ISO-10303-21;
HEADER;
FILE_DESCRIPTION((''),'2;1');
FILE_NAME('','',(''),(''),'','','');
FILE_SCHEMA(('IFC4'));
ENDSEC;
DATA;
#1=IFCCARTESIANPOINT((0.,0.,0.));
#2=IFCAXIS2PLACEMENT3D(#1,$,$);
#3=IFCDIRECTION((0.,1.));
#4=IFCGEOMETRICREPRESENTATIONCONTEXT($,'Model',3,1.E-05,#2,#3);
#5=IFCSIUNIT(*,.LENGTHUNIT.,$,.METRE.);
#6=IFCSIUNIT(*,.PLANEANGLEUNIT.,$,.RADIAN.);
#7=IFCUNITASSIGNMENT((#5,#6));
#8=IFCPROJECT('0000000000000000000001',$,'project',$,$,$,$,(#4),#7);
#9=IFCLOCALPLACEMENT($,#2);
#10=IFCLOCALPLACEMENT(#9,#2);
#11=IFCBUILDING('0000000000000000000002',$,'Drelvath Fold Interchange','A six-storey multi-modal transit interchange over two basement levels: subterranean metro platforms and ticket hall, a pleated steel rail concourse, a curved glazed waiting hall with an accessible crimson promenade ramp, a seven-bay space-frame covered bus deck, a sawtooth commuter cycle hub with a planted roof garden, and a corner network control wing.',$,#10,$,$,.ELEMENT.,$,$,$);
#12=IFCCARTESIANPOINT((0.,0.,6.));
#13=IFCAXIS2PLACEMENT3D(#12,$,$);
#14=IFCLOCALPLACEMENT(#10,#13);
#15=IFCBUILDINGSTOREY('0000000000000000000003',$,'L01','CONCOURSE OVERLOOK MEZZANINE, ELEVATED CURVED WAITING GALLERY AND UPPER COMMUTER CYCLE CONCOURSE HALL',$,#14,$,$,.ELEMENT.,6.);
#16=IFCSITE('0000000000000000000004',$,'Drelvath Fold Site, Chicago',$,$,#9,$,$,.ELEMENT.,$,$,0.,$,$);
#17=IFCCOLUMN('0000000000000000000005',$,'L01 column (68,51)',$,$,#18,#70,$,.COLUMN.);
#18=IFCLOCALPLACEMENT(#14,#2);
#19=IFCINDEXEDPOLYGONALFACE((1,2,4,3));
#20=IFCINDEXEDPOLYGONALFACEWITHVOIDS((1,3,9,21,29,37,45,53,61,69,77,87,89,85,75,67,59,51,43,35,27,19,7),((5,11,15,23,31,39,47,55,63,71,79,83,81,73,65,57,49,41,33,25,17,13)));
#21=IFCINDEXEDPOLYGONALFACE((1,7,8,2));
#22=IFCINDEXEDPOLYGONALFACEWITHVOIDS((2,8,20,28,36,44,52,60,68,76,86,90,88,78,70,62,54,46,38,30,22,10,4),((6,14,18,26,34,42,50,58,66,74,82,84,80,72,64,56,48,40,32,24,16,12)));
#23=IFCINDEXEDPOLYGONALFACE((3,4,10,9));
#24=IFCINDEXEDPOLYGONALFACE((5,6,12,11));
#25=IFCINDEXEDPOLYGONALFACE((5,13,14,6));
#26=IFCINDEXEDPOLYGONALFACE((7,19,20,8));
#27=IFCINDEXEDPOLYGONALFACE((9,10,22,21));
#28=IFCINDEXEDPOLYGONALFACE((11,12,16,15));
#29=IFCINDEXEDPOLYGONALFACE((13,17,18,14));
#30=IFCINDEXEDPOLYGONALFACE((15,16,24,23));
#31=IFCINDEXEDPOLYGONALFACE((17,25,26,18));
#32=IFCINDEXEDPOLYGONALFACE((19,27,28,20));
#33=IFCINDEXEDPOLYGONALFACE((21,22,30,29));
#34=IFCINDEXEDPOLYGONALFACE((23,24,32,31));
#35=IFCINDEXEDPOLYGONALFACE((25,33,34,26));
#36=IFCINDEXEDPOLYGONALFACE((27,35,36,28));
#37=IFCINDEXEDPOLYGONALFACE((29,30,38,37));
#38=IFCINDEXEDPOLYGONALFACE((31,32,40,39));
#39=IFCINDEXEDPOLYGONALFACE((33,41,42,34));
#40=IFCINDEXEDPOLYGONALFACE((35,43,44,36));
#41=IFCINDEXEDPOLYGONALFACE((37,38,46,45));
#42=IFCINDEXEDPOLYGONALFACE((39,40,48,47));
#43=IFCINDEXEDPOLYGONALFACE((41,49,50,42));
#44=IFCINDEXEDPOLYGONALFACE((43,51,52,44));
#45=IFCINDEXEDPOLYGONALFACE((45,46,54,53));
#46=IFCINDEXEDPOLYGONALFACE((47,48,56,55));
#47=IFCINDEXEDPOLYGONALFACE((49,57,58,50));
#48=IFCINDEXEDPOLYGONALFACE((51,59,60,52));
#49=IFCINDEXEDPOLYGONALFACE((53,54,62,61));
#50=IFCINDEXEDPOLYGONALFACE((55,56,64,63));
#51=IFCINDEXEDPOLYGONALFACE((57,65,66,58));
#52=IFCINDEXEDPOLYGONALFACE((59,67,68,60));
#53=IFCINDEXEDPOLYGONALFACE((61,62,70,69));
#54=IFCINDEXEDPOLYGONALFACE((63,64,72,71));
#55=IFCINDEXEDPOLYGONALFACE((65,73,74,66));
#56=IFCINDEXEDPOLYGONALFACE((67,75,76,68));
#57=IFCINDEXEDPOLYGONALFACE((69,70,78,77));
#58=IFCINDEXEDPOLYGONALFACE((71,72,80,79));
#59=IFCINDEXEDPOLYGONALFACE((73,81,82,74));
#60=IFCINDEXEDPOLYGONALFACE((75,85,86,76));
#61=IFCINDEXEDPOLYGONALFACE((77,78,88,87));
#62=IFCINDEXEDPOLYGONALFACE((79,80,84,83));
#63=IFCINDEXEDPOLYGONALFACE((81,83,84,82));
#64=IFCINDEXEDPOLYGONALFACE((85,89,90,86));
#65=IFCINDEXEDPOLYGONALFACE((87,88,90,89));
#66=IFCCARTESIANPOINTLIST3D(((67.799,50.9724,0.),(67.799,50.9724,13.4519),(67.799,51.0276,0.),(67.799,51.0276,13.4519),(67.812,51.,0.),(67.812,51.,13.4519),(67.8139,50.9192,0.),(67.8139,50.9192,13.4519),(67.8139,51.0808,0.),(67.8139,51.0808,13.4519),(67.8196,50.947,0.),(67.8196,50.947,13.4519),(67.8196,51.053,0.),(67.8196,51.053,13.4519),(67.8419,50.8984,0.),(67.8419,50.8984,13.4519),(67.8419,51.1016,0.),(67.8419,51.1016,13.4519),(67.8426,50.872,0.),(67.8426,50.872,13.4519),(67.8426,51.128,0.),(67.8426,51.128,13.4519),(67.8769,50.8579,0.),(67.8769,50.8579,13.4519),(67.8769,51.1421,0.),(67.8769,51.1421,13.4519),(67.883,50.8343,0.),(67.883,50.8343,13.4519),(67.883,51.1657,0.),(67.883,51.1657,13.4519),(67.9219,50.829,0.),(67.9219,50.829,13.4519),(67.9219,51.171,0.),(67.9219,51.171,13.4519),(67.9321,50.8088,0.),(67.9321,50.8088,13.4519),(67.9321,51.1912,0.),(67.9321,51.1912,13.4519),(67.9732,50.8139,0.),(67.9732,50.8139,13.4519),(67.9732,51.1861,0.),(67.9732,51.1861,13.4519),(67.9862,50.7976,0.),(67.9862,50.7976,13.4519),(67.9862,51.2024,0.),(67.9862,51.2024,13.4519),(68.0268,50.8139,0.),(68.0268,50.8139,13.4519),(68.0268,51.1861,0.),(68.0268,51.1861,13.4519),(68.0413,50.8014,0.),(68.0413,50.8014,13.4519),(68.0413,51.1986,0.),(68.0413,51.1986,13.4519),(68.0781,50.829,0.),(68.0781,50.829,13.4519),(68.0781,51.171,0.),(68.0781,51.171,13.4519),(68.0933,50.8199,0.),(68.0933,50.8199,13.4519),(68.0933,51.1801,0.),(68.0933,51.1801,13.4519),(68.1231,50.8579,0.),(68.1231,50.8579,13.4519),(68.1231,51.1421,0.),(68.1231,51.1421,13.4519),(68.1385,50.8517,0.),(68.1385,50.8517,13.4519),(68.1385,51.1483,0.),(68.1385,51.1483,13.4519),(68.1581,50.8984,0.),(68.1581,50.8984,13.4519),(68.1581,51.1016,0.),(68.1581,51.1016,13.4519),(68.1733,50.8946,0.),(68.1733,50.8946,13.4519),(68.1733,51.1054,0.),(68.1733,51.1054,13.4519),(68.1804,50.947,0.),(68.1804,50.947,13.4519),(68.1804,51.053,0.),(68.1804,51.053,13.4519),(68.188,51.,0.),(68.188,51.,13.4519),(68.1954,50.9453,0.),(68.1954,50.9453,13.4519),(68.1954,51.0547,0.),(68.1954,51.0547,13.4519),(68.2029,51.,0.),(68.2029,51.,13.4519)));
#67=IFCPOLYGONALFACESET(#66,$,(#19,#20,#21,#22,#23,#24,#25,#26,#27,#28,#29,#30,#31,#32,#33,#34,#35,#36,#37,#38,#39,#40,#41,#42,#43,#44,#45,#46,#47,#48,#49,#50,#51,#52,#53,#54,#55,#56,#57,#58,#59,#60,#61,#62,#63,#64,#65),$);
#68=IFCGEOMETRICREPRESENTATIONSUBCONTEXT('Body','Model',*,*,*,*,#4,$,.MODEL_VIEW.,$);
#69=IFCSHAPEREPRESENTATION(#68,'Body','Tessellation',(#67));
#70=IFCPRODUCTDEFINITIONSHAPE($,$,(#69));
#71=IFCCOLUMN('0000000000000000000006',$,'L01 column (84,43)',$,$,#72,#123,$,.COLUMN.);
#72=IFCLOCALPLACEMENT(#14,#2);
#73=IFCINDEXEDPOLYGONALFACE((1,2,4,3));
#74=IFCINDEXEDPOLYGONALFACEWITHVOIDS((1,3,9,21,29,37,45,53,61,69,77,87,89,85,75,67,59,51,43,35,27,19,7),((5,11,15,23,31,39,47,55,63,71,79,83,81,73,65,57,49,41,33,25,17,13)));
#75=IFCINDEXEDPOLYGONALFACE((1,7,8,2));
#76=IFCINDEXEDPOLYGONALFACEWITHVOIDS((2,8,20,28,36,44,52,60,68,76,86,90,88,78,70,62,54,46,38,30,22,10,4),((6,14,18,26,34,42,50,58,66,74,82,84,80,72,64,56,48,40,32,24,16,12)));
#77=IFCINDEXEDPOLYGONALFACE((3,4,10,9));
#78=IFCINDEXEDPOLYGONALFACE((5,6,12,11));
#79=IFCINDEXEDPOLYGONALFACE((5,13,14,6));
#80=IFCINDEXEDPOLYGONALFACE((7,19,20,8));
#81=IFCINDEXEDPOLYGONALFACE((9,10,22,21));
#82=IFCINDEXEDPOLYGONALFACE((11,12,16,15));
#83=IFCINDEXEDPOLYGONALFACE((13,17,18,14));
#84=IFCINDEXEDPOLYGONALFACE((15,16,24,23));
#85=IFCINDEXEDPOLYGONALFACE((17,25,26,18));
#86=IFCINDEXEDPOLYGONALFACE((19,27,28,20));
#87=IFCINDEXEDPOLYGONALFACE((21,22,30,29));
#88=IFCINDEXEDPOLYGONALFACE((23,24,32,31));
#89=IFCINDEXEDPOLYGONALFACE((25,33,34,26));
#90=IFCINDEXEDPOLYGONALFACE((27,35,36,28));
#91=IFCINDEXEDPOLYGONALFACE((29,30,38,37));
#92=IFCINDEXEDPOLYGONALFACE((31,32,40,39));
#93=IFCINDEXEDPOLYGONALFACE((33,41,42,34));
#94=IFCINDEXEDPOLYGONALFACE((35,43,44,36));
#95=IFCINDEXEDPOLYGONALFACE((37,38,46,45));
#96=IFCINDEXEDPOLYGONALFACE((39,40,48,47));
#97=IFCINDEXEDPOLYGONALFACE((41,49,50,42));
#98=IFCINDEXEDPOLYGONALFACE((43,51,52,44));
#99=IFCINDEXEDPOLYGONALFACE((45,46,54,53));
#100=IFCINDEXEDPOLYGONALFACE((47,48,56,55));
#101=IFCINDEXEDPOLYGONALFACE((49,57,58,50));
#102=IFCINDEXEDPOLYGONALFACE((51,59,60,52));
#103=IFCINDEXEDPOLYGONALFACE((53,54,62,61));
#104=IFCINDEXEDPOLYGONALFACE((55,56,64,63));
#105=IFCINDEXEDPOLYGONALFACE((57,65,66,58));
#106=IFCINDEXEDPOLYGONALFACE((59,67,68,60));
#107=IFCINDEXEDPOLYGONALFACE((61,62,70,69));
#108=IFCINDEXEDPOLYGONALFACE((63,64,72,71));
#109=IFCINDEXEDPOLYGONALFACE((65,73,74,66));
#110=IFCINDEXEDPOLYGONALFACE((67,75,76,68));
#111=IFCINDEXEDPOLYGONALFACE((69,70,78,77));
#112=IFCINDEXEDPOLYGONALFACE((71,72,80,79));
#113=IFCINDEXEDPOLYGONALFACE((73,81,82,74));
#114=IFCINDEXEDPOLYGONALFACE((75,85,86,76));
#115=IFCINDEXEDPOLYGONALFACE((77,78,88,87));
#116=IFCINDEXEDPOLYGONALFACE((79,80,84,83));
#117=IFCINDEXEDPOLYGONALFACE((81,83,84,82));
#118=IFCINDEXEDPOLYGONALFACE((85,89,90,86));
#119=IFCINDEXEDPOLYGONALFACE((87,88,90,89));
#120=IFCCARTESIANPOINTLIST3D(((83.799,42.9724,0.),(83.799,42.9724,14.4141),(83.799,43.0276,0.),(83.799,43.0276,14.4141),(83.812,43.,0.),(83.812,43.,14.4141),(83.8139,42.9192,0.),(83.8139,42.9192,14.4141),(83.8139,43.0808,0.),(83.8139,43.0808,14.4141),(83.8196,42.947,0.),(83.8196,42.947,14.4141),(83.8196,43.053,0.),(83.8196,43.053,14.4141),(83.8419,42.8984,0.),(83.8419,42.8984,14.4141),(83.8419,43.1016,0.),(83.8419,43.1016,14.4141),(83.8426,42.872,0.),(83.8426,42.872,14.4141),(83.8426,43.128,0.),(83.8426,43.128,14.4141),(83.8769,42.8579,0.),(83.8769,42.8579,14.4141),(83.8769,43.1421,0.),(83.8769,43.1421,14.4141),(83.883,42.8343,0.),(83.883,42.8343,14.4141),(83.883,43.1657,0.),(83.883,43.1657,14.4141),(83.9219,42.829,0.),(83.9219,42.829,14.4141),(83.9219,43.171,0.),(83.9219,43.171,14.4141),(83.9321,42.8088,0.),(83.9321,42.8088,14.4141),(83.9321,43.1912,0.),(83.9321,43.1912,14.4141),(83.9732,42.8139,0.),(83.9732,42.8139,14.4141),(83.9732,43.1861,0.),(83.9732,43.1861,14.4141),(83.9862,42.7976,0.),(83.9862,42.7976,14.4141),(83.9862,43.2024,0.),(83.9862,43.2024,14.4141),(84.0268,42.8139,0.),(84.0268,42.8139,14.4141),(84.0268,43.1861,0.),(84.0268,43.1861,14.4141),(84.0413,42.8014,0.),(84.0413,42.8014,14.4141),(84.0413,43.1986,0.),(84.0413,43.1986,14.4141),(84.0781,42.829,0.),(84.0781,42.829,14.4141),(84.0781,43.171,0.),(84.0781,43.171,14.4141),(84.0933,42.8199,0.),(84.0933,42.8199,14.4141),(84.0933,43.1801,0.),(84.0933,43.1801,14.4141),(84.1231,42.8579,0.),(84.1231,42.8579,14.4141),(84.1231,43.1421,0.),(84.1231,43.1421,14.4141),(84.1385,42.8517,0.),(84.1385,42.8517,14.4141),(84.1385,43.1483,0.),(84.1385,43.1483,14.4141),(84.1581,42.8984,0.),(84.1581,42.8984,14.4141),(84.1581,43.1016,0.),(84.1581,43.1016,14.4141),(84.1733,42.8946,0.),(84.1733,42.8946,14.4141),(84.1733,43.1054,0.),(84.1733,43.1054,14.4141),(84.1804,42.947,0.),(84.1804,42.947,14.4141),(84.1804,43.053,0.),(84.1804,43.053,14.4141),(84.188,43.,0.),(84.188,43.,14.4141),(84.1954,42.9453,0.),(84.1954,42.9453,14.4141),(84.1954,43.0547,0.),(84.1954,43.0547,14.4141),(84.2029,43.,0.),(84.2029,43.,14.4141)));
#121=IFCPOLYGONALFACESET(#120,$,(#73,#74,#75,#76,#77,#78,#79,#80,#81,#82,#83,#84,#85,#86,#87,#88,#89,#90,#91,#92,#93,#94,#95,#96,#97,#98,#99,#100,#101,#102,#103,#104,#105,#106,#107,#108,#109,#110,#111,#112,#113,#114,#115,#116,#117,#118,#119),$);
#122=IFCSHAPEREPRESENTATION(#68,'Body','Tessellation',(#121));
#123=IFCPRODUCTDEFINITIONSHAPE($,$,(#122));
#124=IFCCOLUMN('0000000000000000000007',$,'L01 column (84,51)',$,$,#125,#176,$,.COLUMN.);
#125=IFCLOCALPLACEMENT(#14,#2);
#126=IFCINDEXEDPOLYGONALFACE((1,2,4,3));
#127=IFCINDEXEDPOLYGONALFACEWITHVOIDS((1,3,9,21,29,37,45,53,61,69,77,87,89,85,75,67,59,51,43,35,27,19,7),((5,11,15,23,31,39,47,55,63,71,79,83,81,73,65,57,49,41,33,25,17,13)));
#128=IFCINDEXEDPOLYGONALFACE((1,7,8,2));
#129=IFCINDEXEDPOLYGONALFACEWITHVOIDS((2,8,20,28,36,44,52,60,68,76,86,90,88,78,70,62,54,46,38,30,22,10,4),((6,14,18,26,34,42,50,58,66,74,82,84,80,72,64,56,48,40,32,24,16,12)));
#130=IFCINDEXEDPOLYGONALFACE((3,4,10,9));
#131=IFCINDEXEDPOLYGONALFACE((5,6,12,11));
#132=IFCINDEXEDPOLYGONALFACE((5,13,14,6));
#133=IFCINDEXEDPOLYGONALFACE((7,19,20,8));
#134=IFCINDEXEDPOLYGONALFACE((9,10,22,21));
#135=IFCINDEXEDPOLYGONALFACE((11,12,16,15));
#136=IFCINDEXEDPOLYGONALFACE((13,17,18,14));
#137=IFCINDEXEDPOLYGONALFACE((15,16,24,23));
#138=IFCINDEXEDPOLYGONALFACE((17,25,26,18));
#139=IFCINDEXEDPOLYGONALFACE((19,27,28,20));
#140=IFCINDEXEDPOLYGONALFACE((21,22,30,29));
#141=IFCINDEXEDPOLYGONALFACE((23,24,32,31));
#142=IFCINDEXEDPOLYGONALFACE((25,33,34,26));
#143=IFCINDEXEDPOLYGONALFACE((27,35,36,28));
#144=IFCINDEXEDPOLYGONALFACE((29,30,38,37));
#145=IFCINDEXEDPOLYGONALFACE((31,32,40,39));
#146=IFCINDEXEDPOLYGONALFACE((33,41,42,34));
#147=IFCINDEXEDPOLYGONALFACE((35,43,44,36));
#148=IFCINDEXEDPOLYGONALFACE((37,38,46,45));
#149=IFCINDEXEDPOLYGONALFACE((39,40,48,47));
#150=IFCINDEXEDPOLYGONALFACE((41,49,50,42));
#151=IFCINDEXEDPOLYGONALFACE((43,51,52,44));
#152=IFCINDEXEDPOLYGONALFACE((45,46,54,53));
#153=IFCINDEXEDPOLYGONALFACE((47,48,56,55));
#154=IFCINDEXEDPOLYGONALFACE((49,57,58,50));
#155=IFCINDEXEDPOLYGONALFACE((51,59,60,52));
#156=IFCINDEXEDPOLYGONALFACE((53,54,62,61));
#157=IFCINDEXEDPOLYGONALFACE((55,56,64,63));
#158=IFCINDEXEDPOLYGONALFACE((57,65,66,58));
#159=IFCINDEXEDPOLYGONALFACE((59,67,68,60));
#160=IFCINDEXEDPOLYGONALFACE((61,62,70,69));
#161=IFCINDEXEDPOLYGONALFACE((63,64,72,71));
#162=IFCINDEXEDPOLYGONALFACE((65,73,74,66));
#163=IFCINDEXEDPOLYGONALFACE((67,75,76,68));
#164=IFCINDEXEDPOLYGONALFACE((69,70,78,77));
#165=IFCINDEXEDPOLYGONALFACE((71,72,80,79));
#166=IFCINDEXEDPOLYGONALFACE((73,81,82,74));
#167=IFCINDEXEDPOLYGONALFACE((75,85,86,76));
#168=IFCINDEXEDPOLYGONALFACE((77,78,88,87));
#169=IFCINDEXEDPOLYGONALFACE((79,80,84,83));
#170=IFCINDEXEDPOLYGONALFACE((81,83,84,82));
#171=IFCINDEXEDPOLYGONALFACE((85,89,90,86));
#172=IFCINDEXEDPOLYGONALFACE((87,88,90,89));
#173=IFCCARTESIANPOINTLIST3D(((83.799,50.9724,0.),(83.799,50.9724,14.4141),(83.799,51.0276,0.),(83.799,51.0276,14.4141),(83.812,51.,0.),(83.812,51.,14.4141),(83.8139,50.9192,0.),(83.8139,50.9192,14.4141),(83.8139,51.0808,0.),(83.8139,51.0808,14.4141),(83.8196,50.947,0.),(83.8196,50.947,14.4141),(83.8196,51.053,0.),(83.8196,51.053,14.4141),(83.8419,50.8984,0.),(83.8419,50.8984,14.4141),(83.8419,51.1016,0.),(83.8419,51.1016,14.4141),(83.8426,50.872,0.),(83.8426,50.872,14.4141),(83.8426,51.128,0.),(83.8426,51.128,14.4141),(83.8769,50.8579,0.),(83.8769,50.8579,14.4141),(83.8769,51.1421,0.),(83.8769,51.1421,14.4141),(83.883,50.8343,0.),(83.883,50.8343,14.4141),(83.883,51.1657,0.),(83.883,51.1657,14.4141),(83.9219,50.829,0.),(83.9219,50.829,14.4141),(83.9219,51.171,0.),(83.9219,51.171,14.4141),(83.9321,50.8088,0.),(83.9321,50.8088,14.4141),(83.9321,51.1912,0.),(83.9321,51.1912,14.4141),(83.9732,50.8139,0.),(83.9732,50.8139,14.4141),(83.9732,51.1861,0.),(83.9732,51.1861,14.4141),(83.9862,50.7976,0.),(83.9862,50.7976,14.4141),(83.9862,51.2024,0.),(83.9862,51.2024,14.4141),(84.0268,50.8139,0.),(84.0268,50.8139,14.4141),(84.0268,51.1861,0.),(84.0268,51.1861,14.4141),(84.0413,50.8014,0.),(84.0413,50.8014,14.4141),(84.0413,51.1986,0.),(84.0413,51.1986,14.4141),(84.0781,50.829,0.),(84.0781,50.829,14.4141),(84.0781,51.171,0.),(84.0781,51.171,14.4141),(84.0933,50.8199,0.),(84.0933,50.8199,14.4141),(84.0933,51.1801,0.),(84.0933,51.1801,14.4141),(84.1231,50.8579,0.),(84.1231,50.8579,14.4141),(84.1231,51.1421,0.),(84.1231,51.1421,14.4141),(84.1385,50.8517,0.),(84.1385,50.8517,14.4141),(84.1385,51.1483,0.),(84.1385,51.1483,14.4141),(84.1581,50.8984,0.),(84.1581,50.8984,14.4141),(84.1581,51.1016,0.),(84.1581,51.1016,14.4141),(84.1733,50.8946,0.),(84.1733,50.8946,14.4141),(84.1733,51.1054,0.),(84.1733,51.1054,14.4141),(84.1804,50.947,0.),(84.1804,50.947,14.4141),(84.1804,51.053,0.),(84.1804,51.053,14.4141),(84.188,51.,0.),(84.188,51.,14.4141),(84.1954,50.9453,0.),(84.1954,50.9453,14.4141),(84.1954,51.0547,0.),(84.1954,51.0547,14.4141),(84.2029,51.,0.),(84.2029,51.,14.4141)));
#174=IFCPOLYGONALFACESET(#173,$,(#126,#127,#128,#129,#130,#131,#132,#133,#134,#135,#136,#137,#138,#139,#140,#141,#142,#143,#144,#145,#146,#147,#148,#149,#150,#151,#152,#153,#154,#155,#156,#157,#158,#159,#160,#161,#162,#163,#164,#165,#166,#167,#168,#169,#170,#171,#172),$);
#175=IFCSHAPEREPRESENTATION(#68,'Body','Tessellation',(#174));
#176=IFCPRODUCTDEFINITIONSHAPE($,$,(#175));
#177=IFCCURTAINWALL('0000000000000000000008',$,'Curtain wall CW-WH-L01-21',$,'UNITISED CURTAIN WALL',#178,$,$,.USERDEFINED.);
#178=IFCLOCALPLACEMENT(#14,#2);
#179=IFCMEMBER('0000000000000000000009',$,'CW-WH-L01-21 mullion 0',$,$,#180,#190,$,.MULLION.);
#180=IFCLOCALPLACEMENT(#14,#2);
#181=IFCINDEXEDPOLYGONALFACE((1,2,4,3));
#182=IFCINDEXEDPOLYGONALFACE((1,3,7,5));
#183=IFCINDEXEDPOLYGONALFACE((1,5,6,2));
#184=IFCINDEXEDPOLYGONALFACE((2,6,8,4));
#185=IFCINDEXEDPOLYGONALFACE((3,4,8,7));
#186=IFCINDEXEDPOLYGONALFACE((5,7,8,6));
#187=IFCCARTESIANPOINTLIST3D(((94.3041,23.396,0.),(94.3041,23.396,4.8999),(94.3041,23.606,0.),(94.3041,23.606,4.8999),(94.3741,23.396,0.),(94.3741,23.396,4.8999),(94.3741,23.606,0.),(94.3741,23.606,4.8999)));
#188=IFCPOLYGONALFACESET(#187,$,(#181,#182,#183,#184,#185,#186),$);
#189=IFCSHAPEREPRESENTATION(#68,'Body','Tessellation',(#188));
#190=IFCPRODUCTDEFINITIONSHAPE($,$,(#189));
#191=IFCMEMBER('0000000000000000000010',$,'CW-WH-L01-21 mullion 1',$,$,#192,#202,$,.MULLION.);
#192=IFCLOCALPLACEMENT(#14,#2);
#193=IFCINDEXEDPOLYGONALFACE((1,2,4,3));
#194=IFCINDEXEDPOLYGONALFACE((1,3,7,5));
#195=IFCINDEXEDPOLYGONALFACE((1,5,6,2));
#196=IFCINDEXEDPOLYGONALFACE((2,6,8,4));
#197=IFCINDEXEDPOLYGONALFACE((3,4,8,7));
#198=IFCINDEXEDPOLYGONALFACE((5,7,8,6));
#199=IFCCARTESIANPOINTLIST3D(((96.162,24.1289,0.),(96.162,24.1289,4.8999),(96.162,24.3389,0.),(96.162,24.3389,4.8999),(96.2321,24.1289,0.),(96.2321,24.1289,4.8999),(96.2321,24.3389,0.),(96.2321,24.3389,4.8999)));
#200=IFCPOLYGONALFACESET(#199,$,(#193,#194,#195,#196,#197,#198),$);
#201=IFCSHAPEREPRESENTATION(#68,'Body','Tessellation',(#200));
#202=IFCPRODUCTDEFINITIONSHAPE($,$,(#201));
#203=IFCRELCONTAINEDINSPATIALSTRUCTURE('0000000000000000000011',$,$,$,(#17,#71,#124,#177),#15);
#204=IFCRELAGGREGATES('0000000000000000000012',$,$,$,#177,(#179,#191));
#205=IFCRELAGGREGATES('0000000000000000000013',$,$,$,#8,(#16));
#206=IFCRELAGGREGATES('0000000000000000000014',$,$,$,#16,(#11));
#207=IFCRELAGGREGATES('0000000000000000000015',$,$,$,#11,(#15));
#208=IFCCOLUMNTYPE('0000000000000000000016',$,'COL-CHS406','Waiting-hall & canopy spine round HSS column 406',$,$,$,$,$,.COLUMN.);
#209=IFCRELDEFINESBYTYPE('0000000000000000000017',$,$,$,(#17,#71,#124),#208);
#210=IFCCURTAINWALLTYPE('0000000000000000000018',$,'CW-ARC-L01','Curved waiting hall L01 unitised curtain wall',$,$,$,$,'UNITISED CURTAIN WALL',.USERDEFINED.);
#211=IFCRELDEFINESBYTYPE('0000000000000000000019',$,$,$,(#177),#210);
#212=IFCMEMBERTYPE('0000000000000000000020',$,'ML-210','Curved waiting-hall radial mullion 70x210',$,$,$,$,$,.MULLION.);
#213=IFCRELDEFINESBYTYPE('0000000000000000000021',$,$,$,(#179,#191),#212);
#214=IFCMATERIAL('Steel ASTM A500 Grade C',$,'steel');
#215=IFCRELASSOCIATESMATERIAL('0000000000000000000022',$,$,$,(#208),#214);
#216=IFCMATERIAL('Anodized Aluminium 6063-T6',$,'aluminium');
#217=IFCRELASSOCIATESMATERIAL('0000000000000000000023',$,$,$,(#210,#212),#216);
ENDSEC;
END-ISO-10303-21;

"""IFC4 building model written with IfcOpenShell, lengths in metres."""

from ifc_helpers import new_model, si_unit, direction, frame, origin, origin_2d, place, context, subcontext, project, spatial, rectangle, hollow_circle, extrude, material, material_profile, profile_set, type_object, element, aggregate, save


model = new_model("IFC4")

# Units and contexts
model_context = context("Model", 3, precision=1e-05, world=origin(), true_north=direction((0.0, 1.0)))
body_context = subcontext(model_context, "Body", "Model", "MODEL_VIEW")
ifc_project = project(units=[si_unit("LENGTHUNIT", "METRE"), si_unit("PLANEANGLEUNIT", "RADIAN")], contexts=[model_context])

# Site, building, storey
site_placement = place(None, origin())
site = spatial("IfcSite", under=ifc_project, at=site_placement, Name="Drelvath Fold Site, Chicago", CompositionType="ELEMENT", RefElevation=0.0)
building_placement = place(site_placement, origin())
building = spatial("IfcBuilding", under=site, at=building_placement, Name="Drelvath Fold Interchange", Description="A six-storey multi-modal transit interchange over two basement levels: subterranean metro platforms and ticket hall, a pleated steel rail concourse, a curved glazed waiting hall with an accessible crimson promenade ramp, a seven-bay space-frame covered bus deck, a sawtooth commuter cycle hub with a planted roof garden, and a corner network control wing.", CompositionType="ELEMENT")
storey_placement = place(building_placement, frame((0.0, 0.0, 6.0)))
storey = spatial("IfcBuildingStorey", under=building, at=storey_placement, Name="L01", Description="CONCOURSE OVERLOOK MEZZANINE, ELEVATED CURVED WAITING GALLERY AND UPPER COMMUTER CYCLE CONCOURSE HALL", CompositionType="ELEMENT", Elevation=6.0)

# Columns
ifc_material_1 = material(Name="Steel ASTM A500 Grade C", Category="steel")
ifc_material_profile_1 = material_profile(ifc_material_1, hollow_circle(Radius=0.2029, WallThickness=0.0149, at=origin_2d()), Name="HSS16.000X0.625")
ifc_profile_set_1 = profile_set([ifc_material_profile_1], Name="Steel ASTM A500 Grade C")
column_type_1 = type_object("IfcColumnType", Name="COL-CHS406", Description="Waiting-hall & canopy spine round HSS column 406", PredefinedType="COLUMN", material=ifc_profile_set_1)
for number, where, z_axis, x_axis, name in (
    (1, (68.0, 51.0, 0.0), (0.0, 0.0, 1.0), (1.0, 0.0, 0.0), "L01 column (68,51)"),
):
    element("IfcColumn", number, at=place(storey_placement, frame(where, z_axis=z_axis, x_axis=x_axis)), inside=storey, type_object=column_type_1, Name=name, PredefinedType="COLUMN", context=body_context, shape_type="SweptSolid", body=[
        extrude(hollow_circle(Radius=0.2029, WallThickness=0.0149, at=origin_2d()), origin(), (0.0, 0.0, 1.0), 13.4519),
    ])
for number, where, z_axis, x_axis, name in (
    (2, (84.0, 43.0, 0.0), (0.0, 0.0, 1.0), (1.0, 0.0, 0.0), "L01 column (84,43)"),
    (3, (84.0, 51.0, 0.0), (0.0, 0.0, 1.0), (1.0, 0.0, 0.0), "L01 column (84,51)"),
):
    element("IfcColumn", number, at=place(storey_placement, frame(where, z_axis=z_axis, x_axis=x_axis)), inside=storey, type_object=column_type_1, Name=name, PredefinedType="COLUMN", context=body_context, shape_type="SweptSolid", body=[
        extrude(hollow_circle(Radius=0.2029, WallThickness=0.0149, at=origin_2d()), origin(), (0.0, 0.0, 1.0), 14.4141),
    ])

# Curtain wall, members
ifc_material_2 = material(Name="Anodized Aluminium 6063-T6", Category="aluminium")
curtain_wall_type = type_object("IfcCurtainWallType", Name="CW-ARC-L01", Description="Curved waiting hall L01 unitised curtain wall", ElementType="UNITISED CURTAIN WALL", PredefinedType="USERDEFINED", material=ifc_material_2)
curtain_wall_1_placement = place(storey_placement, origin())
curtain_wall_1 = element("IfcCurtainWall", 4, at=curtain_wall_1_placement, inside=storey, type_object=curtain_wall_type, Name="Curtain wall CW-WH-L01-21", ObjectType="UNITISED CURTAIN WALL", PredefinedType="USERDEFINED")
ifc_material_profile_2 = material_profile(ifc_material_2, rectangle(XDim=0.0701, YDim=0.21, at=origin_2d()), Name="AL-M 70x210")
ifc_profile_set_2 = profile_set([ifc_material_profile_2], Name="Anodized Aluminium 6063-T6")
member_type_1 = type_object("IfcMemberType", Name="ML-210", Description="Curved waiting-hall radial mullion 70x210", PredefinedType="MULLION", material=ifc_profile_set_2)
member_1_placement = place(storey_placement, frame((94.3391, 23.501, 0.0), z_axis=(0.0, 0.0, 1.0), x_axis=(1.0, 0.0, 0.0)))
member_1 = element("IfcMember", 5, at=member_1_placement, type_object=member_type_1, Name="CW-WH-L01-21 mullion 0", PredefinedType="MULLION", context=body_context, shape_type="SweptSolid", body=[
    extrude(rectangle(XDim=0.0701, YDim=0.21, at=origin_2d()), origin(), (0.0, 0.0, 1.0), 4.8999),
])
member_2_placement = place(storey_placement, frame((96.197, 24.2339, 0.0), z_axis=(0.0, 0.0, 1.0), x_axis=(1.0, 0.0, 0.0)))
member_2 = element("IfcMember", 6, at=member_2_placement, type_object=member_type_1, Name="CW-WH-L01-21 mullion 1", PredefinedType="MULLION", context=body_context, shape_type="SweptSolid", body=[
    extrude(rectangle(XDim=0.0701, YDim=0.21, at=origin_2d()), origin(), (0.0, 0.0, 1.0), 4.8999),
])

aggregate(curtain_wall_1, [member_1, member_2])

save(model, "model.ifc")
